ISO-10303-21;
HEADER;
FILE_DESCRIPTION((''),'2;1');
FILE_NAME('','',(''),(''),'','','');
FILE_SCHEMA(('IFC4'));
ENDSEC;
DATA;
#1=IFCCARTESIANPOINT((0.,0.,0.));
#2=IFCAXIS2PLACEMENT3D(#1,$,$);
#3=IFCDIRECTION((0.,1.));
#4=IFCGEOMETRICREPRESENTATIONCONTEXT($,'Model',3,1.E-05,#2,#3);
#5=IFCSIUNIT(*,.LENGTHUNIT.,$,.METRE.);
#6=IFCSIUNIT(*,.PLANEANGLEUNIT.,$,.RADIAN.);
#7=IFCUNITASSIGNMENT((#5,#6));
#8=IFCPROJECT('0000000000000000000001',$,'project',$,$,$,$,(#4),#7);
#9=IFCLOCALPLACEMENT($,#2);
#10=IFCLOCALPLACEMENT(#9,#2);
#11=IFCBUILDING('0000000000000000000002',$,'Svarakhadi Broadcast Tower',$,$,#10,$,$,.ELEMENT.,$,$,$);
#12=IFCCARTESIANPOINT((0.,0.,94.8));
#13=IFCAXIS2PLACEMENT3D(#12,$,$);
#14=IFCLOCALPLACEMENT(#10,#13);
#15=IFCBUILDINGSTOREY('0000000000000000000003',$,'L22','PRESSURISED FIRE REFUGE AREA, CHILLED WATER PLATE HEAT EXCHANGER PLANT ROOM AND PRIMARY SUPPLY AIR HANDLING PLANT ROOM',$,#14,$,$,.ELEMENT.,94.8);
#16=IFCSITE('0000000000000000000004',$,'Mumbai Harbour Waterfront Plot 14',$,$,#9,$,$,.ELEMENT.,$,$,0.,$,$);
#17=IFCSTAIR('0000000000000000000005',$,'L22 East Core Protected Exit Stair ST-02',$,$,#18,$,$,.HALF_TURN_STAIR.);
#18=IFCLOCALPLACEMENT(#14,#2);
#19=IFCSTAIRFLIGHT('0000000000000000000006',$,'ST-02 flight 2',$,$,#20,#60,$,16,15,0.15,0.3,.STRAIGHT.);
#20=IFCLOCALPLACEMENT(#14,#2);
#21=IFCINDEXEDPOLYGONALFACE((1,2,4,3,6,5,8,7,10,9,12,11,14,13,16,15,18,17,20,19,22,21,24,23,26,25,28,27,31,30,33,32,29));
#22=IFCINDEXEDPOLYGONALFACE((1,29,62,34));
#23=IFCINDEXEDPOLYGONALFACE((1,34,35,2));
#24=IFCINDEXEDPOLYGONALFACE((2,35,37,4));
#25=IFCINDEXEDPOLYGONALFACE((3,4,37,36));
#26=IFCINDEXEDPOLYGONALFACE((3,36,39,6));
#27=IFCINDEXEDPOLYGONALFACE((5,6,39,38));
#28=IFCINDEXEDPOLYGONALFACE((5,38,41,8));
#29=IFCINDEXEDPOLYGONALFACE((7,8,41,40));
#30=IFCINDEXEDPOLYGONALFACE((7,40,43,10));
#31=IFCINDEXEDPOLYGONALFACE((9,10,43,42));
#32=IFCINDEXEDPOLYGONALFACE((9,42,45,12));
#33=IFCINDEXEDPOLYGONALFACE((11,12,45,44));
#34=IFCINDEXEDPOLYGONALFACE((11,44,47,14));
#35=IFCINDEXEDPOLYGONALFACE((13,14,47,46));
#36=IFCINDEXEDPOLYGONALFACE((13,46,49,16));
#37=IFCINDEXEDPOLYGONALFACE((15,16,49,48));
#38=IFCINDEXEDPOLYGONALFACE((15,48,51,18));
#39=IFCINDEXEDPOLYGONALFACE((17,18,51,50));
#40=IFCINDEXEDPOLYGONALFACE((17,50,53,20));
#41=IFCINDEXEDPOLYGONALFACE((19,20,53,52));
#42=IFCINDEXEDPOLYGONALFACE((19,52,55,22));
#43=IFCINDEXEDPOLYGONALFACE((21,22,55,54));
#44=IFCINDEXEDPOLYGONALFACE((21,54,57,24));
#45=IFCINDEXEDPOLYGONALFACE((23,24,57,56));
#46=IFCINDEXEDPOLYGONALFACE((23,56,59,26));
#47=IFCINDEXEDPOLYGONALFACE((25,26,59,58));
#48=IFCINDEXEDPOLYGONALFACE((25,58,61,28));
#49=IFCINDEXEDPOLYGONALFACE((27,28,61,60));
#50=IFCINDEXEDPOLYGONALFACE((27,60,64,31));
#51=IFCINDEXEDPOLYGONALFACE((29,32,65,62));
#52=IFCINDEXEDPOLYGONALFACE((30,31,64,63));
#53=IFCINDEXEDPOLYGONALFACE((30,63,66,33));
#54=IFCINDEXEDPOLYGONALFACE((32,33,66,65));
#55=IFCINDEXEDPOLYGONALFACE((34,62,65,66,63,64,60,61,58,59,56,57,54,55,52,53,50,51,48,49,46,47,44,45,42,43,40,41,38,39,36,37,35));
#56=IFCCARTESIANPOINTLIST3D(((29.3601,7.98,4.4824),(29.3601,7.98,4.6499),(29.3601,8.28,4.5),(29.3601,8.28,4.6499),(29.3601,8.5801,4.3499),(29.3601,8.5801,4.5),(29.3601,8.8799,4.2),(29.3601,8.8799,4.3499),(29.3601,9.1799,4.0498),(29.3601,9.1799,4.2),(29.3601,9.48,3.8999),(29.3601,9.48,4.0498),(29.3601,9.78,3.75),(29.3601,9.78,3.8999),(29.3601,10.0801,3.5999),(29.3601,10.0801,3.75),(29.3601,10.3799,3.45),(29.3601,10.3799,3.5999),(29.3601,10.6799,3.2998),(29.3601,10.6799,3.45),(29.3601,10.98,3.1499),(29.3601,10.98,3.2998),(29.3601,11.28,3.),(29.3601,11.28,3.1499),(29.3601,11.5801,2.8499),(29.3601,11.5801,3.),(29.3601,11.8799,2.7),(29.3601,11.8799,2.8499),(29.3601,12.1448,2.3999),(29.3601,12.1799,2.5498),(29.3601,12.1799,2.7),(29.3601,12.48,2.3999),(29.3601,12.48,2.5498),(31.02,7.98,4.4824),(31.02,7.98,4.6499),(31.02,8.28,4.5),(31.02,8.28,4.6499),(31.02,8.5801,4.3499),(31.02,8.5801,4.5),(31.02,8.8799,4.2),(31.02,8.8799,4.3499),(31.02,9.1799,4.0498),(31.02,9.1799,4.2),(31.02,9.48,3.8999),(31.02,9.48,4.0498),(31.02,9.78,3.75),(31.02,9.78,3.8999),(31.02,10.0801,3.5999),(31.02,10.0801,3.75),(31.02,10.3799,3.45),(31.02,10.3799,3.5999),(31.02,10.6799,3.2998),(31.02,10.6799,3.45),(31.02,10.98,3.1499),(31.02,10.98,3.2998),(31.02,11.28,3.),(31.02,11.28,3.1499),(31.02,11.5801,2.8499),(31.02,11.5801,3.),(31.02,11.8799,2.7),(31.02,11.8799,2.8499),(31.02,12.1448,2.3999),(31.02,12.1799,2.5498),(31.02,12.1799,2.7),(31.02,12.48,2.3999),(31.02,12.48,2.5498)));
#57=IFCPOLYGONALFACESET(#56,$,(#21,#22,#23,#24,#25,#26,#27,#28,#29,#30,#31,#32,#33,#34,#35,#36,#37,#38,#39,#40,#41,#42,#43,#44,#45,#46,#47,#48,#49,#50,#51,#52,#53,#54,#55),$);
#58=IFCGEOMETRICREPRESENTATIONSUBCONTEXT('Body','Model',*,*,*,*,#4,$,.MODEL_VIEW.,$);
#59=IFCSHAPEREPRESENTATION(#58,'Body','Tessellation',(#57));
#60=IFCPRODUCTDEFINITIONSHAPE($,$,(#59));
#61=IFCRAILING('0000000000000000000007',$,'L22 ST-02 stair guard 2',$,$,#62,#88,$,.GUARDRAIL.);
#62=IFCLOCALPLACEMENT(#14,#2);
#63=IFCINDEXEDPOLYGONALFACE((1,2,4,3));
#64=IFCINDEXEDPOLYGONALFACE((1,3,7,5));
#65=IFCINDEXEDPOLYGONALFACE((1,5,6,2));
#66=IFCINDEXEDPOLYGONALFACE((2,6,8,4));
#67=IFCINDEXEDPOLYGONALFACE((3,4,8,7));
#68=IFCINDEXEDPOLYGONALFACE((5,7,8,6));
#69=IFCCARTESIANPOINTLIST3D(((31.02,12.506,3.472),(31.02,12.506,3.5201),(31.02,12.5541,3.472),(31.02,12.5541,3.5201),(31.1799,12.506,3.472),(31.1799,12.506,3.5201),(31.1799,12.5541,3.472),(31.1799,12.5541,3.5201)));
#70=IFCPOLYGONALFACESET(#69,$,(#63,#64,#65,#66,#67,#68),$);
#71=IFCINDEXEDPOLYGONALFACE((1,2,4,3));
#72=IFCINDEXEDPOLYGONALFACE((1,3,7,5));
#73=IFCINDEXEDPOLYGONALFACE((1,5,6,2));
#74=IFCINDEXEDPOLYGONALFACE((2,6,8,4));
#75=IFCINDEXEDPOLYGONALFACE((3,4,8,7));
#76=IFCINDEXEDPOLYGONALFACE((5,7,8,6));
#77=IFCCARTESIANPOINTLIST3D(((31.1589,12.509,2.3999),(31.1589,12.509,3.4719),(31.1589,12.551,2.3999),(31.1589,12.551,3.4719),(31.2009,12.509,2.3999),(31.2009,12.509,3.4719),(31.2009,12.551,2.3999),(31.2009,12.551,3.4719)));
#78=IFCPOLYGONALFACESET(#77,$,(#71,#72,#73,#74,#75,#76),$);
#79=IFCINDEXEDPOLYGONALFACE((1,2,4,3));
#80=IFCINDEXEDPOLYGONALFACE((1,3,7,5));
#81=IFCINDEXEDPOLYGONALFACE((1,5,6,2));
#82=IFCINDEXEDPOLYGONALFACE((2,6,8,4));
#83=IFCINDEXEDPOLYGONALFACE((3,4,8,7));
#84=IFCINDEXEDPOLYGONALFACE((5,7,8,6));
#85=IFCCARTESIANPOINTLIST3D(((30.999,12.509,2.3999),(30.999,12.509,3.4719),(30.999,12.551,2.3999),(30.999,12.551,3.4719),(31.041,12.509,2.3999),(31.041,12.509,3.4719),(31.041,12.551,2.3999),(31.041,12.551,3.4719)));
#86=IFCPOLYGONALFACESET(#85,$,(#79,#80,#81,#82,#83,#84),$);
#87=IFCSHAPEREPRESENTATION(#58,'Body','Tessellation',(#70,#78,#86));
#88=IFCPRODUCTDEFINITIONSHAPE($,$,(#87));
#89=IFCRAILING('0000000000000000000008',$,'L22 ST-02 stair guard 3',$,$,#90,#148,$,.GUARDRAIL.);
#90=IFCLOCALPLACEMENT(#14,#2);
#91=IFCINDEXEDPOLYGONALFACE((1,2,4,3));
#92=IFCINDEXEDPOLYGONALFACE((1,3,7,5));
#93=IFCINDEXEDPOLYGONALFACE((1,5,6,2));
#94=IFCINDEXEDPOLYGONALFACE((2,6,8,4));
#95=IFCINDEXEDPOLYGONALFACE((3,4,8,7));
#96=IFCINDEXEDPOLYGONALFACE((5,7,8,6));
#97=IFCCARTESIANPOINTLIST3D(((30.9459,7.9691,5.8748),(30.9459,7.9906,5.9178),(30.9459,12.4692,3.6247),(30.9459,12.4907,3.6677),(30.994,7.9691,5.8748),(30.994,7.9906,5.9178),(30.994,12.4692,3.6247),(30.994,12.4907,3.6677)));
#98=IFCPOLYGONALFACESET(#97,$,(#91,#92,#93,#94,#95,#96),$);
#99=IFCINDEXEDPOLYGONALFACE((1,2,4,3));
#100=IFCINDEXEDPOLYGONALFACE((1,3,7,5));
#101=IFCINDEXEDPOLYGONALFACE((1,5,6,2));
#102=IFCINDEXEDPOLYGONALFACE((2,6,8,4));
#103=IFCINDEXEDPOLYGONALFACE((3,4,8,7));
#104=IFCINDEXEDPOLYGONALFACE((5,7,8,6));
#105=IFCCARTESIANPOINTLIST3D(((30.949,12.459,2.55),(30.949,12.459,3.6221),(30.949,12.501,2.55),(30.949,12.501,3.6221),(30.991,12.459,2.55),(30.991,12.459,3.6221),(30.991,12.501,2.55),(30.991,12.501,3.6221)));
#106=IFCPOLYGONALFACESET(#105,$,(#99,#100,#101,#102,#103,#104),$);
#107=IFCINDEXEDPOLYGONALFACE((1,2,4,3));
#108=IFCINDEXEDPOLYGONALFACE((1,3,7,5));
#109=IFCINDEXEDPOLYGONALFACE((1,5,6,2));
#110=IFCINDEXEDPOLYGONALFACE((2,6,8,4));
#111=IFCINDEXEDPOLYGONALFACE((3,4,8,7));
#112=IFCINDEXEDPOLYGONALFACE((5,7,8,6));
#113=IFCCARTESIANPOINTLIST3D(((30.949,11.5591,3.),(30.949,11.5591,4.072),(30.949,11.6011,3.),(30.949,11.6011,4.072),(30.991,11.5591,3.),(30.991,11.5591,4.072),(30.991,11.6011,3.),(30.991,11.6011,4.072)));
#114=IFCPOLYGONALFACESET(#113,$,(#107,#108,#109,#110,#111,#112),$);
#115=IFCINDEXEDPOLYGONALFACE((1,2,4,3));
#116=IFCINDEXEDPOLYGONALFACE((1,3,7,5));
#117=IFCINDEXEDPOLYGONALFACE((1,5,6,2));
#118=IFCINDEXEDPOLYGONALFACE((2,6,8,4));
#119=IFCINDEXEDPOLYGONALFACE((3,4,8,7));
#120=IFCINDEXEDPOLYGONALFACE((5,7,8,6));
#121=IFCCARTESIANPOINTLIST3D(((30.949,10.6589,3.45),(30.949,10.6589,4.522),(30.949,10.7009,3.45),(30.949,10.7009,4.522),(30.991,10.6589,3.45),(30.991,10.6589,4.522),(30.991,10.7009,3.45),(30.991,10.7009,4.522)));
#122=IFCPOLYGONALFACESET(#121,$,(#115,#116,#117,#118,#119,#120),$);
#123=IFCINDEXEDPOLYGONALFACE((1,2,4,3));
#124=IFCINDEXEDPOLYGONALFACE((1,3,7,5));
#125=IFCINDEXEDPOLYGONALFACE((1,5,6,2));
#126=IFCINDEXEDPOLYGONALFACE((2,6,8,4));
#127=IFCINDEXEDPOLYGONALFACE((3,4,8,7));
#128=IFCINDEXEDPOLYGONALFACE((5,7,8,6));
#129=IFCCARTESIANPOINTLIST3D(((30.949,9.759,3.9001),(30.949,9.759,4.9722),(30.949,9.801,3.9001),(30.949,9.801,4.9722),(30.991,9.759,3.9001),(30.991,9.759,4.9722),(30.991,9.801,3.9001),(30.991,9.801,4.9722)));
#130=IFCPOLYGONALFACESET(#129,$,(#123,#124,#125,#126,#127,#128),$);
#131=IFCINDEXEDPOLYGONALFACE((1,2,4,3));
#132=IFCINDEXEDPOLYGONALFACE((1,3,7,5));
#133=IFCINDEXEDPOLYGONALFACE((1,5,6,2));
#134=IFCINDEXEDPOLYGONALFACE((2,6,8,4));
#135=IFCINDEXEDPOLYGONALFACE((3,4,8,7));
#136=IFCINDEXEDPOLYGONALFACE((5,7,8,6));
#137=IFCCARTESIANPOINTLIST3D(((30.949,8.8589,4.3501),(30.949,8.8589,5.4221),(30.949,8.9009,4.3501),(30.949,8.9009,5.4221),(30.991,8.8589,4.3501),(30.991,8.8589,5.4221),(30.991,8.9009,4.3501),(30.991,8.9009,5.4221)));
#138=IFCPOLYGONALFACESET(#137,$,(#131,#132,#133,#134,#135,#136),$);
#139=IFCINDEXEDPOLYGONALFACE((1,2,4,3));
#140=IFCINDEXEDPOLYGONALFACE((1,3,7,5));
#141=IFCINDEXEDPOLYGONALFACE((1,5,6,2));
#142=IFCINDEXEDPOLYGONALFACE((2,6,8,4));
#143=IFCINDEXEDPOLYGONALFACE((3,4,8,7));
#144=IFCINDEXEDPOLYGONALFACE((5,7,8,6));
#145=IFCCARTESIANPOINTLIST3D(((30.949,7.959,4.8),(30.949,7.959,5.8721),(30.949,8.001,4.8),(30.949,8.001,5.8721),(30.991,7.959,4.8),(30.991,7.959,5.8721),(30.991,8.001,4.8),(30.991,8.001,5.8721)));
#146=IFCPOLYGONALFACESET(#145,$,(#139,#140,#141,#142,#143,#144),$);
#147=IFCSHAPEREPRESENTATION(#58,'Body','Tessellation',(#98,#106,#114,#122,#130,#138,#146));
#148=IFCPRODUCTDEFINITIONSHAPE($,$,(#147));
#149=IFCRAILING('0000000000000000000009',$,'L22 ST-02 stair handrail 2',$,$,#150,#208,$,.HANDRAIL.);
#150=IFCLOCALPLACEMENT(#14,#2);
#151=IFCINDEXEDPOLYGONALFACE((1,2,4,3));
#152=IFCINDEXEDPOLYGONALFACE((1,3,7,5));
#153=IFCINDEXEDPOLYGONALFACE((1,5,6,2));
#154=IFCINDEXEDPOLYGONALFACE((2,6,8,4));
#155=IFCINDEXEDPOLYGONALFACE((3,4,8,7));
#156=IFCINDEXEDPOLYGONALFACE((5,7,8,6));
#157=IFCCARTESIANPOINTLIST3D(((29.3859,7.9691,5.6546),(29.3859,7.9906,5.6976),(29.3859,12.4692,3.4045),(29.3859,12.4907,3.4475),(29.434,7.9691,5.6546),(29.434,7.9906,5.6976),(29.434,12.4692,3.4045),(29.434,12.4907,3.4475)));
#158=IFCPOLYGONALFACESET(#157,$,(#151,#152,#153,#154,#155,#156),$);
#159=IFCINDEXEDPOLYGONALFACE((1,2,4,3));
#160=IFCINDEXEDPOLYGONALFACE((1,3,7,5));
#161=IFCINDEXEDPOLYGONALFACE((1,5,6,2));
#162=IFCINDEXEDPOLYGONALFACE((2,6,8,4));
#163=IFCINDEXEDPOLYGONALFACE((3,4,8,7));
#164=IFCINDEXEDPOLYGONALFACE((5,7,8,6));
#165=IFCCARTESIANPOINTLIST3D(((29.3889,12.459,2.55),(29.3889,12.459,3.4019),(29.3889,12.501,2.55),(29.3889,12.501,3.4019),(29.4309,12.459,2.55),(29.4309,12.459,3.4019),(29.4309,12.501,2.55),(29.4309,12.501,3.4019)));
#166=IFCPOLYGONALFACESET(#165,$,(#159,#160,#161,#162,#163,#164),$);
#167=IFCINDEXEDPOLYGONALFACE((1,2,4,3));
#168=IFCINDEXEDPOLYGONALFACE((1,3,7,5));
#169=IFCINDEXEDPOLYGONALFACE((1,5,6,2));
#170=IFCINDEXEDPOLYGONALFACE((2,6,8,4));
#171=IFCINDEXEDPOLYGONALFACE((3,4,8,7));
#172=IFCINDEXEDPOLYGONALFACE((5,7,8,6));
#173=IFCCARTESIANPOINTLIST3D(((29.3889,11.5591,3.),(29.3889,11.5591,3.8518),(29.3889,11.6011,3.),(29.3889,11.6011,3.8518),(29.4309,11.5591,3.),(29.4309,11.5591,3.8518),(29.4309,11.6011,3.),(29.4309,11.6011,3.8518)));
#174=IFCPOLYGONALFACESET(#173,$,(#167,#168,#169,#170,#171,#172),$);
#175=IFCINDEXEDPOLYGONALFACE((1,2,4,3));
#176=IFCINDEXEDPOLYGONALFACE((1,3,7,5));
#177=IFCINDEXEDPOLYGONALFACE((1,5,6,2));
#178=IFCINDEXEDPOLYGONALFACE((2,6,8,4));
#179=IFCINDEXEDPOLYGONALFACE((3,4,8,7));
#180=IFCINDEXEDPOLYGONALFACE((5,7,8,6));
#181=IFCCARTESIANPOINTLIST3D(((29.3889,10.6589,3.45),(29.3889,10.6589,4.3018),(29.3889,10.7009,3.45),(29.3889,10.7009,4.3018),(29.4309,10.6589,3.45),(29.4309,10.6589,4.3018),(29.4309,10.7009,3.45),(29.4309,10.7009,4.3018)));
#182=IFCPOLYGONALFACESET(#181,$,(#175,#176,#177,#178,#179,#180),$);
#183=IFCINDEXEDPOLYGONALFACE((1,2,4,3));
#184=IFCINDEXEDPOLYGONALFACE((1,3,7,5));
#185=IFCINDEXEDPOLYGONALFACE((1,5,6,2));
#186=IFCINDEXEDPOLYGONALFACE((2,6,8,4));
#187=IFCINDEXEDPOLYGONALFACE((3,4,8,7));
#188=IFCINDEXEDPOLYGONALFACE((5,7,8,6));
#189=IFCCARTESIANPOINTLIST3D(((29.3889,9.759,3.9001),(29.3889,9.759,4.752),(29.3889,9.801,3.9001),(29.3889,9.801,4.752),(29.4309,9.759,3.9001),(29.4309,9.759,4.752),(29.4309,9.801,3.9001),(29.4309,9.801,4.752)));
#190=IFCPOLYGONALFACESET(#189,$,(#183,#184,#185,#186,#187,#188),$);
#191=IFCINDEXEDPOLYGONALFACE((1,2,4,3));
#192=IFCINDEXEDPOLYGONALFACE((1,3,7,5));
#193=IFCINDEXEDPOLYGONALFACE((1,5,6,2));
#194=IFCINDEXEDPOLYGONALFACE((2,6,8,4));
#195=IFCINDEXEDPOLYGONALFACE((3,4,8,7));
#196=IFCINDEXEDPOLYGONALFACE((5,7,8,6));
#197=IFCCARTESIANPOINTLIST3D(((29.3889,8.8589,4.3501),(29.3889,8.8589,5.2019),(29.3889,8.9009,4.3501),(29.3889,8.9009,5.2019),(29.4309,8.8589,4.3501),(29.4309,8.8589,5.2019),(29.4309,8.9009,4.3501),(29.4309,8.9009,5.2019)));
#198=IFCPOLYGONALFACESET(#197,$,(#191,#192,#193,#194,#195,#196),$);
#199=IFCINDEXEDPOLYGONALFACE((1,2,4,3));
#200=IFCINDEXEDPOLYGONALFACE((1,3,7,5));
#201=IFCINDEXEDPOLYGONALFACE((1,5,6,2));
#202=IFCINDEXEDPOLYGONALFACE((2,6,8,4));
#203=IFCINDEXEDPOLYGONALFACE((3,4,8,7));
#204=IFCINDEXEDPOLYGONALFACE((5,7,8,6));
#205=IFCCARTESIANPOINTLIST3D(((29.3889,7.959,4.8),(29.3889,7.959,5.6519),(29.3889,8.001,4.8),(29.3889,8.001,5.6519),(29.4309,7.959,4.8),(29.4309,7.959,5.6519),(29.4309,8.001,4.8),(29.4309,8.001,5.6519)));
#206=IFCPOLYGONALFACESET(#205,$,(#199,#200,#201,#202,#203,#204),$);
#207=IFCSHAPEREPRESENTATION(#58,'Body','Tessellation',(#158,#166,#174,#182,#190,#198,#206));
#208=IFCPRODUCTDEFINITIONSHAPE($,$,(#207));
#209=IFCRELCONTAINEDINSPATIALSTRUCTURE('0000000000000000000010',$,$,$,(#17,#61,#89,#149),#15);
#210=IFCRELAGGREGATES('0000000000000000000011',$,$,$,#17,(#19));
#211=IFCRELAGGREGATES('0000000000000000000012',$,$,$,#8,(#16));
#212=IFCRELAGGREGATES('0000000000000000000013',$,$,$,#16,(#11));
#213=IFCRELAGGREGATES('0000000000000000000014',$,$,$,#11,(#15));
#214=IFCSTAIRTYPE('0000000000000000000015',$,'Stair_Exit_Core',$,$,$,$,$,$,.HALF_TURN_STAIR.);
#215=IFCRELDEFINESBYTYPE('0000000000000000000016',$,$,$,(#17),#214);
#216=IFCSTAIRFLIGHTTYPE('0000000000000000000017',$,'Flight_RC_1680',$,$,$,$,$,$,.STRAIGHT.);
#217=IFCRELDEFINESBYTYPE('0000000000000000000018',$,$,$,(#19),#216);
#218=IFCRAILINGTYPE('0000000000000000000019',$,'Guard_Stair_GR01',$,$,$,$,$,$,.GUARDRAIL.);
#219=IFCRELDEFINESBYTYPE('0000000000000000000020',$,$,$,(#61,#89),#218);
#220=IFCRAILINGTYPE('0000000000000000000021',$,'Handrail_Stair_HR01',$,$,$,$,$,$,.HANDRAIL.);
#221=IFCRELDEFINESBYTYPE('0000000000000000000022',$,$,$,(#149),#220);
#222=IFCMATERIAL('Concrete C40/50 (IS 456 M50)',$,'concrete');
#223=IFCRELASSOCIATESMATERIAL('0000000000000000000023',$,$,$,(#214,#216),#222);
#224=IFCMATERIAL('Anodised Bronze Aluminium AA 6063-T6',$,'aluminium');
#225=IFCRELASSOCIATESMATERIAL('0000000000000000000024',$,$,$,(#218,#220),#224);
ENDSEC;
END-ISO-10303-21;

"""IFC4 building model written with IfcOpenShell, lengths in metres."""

from ifc_helpers import new_model, si_unit, direction, frame, origin, origin_2d, place, context, subcontext, project, spatial, polyline, rectangle, outline, extrude, material, type_object, element, aggregate, save


model = new_model("IFC4")

# Units and contexts
model_context = context("Model", 3, precision=1e-05, world=origin(), true_north=direction((0.0, 1.0)))
body_context = subcontext(model_context, "Body", "Model", "MODEL_VIEW")
ifc_project = project(units=[si_unit("LENGTHUNIT", "METRE"), si_unit("PLANEANGLEUNIT", "RADIAN")], contexts=[model_context])

# Site, building, storey
site_placement = place(None, origin())
site = spatial("IfcSite", under=ifc_project, at=site_placement, Name="Mumbai Harbour Waterfront Plot 14", CompositionType="ELEMENT", RefElevation=0.0)
building_placement = place(site_placement, origin())
building = spatial("IfcBuilding", under=site, at=building_placement, Name="Svarakhadi Broadcast Tower", CompositionType="ELEMENT")
storey_placement = place(building_placement, frame((0.0, 0.0, 94.8)))
storey = spatial("IfcBuildingStorey", under=building, at=storey_placement, Name="L22", Description="PRESSURISED FIRE REFUGE AREA, CHILLED WATER PLATE HEAT EXCHANGER PLANT ROOM AND PRIMARY SUPPLY AIR HANDLING PLANT ROOM", CompositionType="ELEMENT", Elevation=94.8)

# Shared definitions
ifc_material_1 = material(Name="Concrete C40/50 (IS 456 M50)", Category="concrete")

# Stair, stair flight
stair_type = type_object("IfcStairType", Name="Stair_Exit_Core", PredefinedType="HALF_TURN_STAIR", material=ifc_material_1)
stair_placement = place(storey_placement, origin())
stair = element("IfcStair", 1, at=stair_placement, inside=storey, type_object=stair_type, Name="L22 East Core Protected Exit Stair ST-02", PredefinedType="HALF_TURN_STAIR")
stair_flight_type = type_object("IfcStairFlightType", Name="Flight_RC_1680", PredefinedType="STRAIGHT", material=ifc_material_1)
stair_flight_placement = place(storey_placement, frame((30.1899, 12.48, 2.3999), z_axis=(0.0, 0.0, 1.0), x_axis=(0.0, -1.0, 0.0)))
stair_flight = element("IfcStairFlight", 2, at=stair_flight_placement, type_object=stair_flight_type, Name="ST-02 flight 2", NumberOfRisers=16, NumberOfTreads=15, PredefinedType="STRAIGHT", RiserHeight=0.15, TreadLength=0.3, context=body_context, shape_type="SweptSolid", body=[
    extrude(outline(polyline([(0.0, 0.0), (0.0, 0.1499), (0.3, 0.1499), (0.3, 0.3), (0.6001, 0.3), (0.6001, 0.45), (0.8999, 0.45), (0.8999, 0.6001), (1.2, 0.6001), (1.2, 0.75), (1.5, 0.75), (1.5, 0.8999), (1.8, 0.8999), (1.8, 1.05), (2.1001, 1.05), (2.1001, 1.2), (2.3999, 1.2), (2.3999, 1.3501), (2.7, 1.3501), (2.7, 1.5), (3.0, 1.5), (3.0, 1.6499), (3.3, 1.6499), (3.3, 1.8), (3.6001, 1.8), (3.6001, 1.95), (3.8999, 1.95), (3.8999, 2.1001), (4.2, 2.1001), (4.2, 2.25), (4.5, 2.25), (4.5, 2.3999), (4.5, 2.0825), (0.3352, 0.0), (0.0, 0.0)])), frame((0.0, 0.8301, 0.0), z_axis=(0.0, -1.0, 0.0), x_axis=(1.0, 0.0, 0.0)), (0.0, 0.0, 1.0), 1.6599),
])
aggregate(stair, [stair_flight])

# Railings
ifc_material_2 = material(Name="Anodised Bronze Aluminium AA 6063-T6", Category="aluminium")
railing_type_1 = type_object("IfcRailingType", Name="Guard_Stair_GR01", PredefinedType="GUARDRAIL", material=ifc_material_2)
railing_1_placement = place(storey_placement, frame((31.1799, 12.53, 2.3999)))
element("IfcRailing", 3, at=railing_1_placement, inside=storey, type_object=railing_type_1, Name="L22 ST-02 stair guard 2", PredefinedType="GUARDRAIL", context=body_context, shape_type="SweptSolid", body=[
    extrude(rectangle(XDim=0.0481, YDim=0.0481, at=origin_2d()), frame((0.0, 0.0, 1.0962), z_axis=(-1.0, 0.0, 0.0), x_axis=(0.0, -1.0, 0.0)), (0.0, 0.0, 1.0), 0.1599),
    extrude(rectangle(XDim=0.042, YDim=0.042, at=origin_2d()), origin(), (0.0, 0.0, 1.0), 1.072),
    extrude(rectangle(XDim=0.042, YDim=0.042, at=origin_2d()), frame((-0.1599, 0.0, 0.0)), (0.0, 0.0, 1.0), 1.072),
])
railing_2_placement = place(storey_placement, frame((30.97, 12.48, 2.55)))
element("IfcRailing", 4, at=railing_2_placement, inside=storey, type_object=railing_type_1, Name="L22 ST-02 stair guard 3", PredefinedType="GUARDRAIL", context=body_context, shape_type="SweptSolid", body=[
    extrude(rectangle(XDim=0.0481, YDim=0.0481, at=origin_2d()), frame((0.0, 0.0, 1.0962), z_axis=(0.0, -0.894427, 0.447214), x_axis=(1.0, 0.0, 0.0)), (0.0, 0.0, 1.0), 5.0312),
    extrude(rectangle(XDim=0.042, YDim=0.042, at=origin_2d()), origin(), (0.0, 0.0, 1.0), 1.072),
    extrude(rectangle(XDim=0.042, YDim=0.042, at=origin_2d()), frame((0.0, -0.8999, 0.45)), (0.0, 0.0, 1.0), 1.072),
    extrude(rectangle(XDim=0.042, YDim=0.042, at=origin_2d()), frame((0.0, -1.8, 0.8999)), (0.0, 0.0, 1.0), 1.072),
    extrude(rectangle(XDim=0.042, YDim=0.042, at=origin_2d()), frame((0.0, -2.7, 1.3501)), (0.0, 0.0, 1.0), 1.072),
    extrude(rectangle(XDim=0.042, YDim=0.042, at=origin_2d()), frame((0.0, -3.6001, 1.8)), (0.0, 0.0, 1.0), 1.072),
    extrude(rectangle(XDim=0.042, YDim=0.042, at=origin_2d()), frame((0.0, -4.5, 2.25)), (0.0, 0.0, 1.0), 1.072),
])
railing_type_2 = type_object("IfcRailingType", Name="Handrail_Stair_HR01", PredefinedType="HANDRAIL", material=ifc_material_2)
railing_3_placement = place(storey_placement, frame((29.4099, 12.48, 2.55)))
element("IfcRailing", 5, at=railing_3_placement, inside=storey, type_object=railing_type_2, Name="L22 ST-02 stair handrail 2", PredefinedType="HANDRAIL", context=body_context, shape_type="SweptSolid", body=[
    extrude(rectangle(XDim=0.0481, YDim=0.0481, at=origin_2d()), frame((0.0, 0.0, 0.876), z_axis=(0.0, -0.894427, 0.447214), x_axis=(1.0, 0.0, 0.0)), (0.0, 0.0, 1.0), 5.0312),
    extrude(rectangle(XDim=0.042, YDim=0.042, at=origin_2d()), origin(), (0.0, 0.0, 1.0), 0.8518),
    extrude(rectangle(XDim=0.042, YDim=0.042, at=origin_2d()), frame((0.0, -0.8999, 0.45)), (0.0, 0.0, 1.0), 0.8518),
    extrude(rectangle(XDim=0.042, YDim=0.042, at=origin_2d()), frame((0.0, -1.8, 0.8999)), (0.0, 0.0, 1.0), 0.8518),
    extrude(rectangle(XDim=0.042, YDim=0.042, at=origin_2d()), frame((0.0, -2.7, 1.3501)), (0.0, 0.0, 1.0), 0.8518),
    extrude(rectangle(XDim=0.042, YDim=0.042, at=origin_2d()), frame((0.0, -3.6001, 1.8)), (0.0, 0.0, 1.0), 0.8518),
    extrude(rectangle(XDim=0.042, YDim=0.042, at=origin_2d()), frame((0.0, -4.5, 2.25)), (0.0, 0.0, 1.0), 0.8518),
])

save(model, "model.ifc")
